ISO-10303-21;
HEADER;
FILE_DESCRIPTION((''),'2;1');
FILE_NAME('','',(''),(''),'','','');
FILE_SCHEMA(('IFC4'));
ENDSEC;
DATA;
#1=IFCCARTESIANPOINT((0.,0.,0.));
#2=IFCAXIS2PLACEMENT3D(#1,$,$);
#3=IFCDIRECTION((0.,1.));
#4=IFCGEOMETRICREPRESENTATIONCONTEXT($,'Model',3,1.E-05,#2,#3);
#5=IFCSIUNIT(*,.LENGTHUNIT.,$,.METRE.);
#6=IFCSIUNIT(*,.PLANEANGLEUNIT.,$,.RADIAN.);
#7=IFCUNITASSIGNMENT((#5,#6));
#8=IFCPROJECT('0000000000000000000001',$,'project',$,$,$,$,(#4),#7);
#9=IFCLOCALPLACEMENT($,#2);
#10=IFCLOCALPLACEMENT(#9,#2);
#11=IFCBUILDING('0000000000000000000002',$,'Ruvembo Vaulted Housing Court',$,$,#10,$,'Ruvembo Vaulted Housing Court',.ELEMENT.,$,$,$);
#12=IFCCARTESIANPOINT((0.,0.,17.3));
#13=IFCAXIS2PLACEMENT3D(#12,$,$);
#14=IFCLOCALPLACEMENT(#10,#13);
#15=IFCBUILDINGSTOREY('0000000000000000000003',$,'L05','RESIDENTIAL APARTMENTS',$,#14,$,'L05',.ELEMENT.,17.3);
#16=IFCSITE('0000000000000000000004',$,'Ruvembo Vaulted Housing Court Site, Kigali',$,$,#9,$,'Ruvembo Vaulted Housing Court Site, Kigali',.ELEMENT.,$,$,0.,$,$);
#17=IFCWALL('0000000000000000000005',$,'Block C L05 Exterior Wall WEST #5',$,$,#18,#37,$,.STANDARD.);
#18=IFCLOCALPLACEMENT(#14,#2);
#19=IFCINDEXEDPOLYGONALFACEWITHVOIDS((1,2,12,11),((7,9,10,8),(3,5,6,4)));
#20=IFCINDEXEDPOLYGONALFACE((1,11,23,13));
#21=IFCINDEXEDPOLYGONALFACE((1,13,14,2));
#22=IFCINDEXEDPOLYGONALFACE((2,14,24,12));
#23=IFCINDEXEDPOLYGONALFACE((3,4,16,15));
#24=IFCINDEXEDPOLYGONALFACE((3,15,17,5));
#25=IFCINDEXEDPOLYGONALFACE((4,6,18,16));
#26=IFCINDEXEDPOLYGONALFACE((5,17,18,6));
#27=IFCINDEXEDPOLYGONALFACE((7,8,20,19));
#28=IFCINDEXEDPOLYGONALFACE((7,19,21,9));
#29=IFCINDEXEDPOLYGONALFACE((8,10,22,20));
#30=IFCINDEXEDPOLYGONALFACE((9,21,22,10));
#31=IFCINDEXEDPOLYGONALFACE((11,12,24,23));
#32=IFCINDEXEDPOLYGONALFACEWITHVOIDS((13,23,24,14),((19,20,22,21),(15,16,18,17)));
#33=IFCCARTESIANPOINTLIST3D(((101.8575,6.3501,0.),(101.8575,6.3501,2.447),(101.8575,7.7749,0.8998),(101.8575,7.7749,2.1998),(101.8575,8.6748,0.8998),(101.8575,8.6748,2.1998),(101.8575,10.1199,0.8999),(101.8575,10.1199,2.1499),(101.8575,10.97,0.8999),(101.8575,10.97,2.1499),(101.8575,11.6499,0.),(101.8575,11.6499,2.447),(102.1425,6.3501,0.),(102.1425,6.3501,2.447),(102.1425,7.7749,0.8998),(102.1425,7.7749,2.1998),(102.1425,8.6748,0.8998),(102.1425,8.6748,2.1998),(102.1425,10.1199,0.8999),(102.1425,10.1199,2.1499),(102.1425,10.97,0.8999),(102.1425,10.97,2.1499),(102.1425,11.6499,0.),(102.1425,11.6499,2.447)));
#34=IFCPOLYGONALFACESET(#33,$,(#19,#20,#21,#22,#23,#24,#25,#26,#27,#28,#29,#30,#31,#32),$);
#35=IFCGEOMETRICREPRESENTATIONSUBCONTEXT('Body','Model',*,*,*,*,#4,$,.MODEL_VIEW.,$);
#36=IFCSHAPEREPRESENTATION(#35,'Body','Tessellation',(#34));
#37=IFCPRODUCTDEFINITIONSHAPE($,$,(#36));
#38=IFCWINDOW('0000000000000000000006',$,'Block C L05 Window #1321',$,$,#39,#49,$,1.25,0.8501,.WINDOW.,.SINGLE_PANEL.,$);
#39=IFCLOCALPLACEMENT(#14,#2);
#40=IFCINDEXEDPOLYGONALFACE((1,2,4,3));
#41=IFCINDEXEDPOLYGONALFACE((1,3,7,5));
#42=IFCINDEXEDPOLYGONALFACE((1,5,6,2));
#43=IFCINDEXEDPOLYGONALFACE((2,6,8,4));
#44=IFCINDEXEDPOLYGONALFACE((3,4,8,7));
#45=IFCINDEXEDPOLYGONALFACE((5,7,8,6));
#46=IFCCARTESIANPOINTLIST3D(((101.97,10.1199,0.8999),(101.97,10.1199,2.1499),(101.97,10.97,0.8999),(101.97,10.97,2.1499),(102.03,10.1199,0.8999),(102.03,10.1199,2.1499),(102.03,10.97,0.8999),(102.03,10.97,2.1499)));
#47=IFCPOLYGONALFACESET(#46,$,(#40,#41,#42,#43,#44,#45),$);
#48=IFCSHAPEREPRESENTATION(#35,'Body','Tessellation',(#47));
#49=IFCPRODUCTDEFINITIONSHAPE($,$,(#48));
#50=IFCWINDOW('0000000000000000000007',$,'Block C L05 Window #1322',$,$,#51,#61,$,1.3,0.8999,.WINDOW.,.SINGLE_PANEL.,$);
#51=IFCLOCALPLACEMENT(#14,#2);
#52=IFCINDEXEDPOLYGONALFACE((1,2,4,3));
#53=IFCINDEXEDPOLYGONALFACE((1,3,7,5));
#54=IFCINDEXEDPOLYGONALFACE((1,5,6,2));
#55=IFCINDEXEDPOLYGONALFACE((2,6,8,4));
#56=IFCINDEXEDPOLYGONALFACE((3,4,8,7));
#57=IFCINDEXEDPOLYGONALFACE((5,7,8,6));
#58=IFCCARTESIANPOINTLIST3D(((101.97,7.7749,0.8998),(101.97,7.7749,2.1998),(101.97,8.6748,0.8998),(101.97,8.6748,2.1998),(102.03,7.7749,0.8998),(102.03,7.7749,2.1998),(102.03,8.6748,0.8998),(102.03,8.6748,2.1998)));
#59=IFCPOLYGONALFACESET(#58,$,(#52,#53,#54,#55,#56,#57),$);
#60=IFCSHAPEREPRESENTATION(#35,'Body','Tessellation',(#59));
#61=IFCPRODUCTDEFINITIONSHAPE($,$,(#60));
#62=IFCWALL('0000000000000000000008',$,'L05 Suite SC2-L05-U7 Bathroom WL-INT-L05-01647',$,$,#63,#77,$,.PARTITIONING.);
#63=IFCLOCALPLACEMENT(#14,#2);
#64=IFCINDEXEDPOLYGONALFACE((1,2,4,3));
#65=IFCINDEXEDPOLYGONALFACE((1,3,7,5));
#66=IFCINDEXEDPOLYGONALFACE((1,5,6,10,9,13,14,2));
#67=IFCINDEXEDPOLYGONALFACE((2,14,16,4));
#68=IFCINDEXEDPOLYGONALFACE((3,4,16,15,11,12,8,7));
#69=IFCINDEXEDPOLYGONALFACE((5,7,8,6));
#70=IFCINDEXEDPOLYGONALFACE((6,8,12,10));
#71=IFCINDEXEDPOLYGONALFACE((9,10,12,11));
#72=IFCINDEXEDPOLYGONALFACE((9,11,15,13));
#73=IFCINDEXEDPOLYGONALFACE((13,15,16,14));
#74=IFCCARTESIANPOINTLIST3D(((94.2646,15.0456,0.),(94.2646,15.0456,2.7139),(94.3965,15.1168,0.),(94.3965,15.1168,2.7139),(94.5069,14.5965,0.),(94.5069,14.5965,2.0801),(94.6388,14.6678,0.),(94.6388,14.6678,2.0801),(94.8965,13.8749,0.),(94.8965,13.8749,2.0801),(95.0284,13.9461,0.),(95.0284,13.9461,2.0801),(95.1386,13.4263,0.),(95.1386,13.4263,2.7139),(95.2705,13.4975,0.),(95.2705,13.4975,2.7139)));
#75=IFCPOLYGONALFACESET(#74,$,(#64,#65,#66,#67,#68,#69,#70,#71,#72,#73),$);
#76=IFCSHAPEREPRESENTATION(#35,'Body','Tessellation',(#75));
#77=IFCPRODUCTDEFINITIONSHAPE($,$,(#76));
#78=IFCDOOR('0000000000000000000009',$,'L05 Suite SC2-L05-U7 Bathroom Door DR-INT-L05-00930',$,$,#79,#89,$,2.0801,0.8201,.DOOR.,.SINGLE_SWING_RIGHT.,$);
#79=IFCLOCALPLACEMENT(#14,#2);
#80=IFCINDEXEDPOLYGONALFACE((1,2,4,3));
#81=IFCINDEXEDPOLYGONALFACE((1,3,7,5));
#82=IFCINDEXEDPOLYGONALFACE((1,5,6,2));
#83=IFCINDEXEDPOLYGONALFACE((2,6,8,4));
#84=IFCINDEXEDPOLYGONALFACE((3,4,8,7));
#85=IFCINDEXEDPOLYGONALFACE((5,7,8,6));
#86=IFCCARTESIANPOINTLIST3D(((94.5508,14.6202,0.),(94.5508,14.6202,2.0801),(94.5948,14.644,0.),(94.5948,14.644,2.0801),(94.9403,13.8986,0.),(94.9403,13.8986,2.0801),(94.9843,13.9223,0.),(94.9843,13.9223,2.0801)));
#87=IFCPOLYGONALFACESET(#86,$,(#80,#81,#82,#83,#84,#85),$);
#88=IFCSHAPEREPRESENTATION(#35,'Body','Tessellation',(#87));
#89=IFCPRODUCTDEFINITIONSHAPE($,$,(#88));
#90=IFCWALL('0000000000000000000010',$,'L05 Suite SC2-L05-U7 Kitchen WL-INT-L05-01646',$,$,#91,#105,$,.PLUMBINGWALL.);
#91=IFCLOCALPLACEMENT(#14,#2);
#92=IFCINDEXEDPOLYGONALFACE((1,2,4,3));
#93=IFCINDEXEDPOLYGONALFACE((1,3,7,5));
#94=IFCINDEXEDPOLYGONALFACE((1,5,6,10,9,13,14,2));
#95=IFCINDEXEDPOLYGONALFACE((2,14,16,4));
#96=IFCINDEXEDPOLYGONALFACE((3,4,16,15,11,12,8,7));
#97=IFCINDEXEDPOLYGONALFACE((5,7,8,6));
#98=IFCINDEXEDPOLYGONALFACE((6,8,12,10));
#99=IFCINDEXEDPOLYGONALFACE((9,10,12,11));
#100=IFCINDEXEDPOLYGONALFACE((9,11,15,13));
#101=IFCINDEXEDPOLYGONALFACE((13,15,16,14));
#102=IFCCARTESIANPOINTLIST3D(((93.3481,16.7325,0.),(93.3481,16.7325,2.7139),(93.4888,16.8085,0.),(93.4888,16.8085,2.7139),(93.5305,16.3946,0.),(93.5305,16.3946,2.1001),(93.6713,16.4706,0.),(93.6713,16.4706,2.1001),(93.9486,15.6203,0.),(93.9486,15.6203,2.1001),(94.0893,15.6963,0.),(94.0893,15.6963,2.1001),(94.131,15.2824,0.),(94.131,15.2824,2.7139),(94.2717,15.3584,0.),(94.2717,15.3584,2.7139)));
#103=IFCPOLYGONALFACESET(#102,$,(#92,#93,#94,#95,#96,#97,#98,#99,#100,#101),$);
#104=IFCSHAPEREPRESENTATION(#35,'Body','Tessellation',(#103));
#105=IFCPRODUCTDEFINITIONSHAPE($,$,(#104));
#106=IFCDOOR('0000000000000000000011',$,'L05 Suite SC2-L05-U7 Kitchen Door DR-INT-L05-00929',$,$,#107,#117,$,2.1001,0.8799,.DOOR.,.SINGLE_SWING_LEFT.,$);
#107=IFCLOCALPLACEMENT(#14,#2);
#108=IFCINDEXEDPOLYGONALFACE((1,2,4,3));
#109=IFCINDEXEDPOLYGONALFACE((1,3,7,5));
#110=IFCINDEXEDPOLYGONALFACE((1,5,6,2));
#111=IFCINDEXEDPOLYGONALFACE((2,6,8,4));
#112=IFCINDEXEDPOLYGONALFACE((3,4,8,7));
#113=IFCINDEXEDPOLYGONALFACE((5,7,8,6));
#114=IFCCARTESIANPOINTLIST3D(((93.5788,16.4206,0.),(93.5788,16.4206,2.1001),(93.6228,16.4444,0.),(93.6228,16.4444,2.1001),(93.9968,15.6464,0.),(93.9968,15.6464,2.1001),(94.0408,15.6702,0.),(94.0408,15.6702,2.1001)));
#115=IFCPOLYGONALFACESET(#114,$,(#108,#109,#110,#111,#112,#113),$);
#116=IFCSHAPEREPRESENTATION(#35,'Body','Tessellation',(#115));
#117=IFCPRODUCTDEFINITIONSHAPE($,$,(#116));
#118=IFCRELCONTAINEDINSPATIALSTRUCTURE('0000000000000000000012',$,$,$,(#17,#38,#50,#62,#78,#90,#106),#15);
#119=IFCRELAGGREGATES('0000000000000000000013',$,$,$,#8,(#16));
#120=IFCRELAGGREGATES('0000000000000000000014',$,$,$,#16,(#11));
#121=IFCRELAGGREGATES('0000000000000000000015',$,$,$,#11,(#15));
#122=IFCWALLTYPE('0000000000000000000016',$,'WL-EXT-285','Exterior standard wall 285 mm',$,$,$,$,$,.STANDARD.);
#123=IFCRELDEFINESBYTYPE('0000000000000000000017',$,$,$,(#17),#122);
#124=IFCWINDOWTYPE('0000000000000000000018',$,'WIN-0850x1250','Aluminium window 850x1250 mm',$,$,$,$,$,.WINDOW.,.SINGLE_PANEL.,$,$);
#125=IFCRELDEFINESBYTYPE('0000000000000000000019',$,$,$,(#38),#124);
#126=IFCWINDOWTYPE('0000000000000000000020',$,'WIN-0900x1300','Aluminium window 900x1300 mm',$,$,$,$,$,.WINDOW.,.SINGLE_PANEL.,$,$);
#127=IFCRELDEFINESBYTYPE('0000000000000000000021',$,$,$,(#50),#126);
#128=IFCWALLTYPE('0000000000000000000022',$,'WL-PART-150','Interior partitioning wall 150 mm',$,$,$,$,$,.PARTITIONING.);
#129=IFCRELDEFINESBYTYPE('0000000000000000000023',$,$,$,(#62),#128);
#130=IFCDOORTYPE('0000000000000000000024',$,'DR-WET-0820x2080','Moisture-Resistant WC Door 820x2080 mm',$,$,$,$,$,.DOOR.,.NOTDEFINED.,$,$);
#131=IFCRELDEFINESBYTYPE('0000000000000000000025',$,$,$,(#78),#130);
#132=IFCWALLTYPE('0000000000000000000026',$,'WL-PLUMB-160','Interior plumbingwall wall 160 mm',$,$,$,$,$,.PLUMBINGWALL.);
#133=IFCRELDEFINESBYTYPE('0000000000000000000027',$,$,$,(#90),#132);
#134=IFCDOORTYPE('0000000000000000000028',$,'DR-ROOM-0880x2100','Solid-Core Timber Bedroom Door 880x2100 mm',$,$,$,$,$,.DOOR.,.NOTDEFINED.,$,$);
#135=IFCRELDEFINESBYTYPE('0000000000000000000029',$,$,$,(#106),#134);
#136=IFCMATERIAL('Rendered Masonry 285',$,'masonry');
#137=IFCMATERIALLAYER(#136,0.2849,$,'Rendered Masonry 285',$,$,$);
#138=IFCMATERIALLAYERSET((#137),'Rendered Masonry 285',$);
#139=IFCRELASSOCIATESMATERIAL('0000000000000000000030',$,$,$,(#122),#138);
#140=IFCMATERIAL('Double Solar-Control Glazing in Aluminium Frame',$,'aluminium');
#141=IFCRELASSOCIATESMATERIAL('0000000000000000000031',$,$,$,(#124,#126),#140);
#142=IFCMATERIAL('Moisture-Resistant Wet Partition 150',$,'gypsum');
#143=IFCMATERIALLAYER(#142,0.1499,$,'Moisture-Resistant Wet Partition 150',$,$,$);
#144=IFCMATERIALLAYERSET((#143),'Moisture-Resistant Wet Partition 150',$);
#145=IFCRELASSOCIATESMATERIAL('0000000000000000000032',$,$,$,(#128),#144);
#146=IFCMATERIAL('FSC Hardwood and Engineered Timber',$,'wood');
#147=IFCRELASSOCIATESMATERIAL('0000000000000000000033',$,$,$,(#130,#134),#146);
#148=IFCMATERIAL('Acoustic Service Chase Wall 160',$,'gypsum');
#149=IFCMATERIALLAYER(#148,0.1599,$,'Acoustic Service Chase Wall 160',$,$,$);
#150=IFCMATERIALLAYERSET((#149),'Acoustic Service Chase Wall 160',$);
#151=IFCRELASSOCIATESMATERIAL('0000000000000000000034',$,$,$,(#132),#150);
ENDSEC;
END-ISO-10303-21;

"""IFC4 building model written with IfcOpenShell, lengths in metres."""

from ifc_helpers import new_model, si_unit, direction, frame, frame_2d, origin, place, context, subcontext, project, spatial, rectangle, extrude, material, layer, layer_set, type_object, element, fill, save


model = new_model("IFC4")

# Units and contexts
model_context = context("Model", 3, precision=1e-05, world=origin(), true_north=direction((0.0, 1.0)))
body_context = subcontext(model_context, "Body", "Model", "MODEL_VIEW")
ifc_project = project(units=[si_unit("LENGTHUNIT", "METRE"), si_unit("PLANEANGLEUNIT", "RADIAN")], contexts=[model_context])

# Site, building, storey
site_placement = place(None, origin())
site = spatial("IfcSite", under=ifc_project, at=site_placement, Name="Ruvembo Vaulted Housing Court Site, Kigali", LongName="Ruvembo Vaulted Housing Court Site, Kigali", CompositionType="ELEMENT", RefElevation=0.0)
building_placement = place(site_placement, origin())
building = spatial("IfcBuilding", under=site, at=building_placement, Name="Ruvembo Vaulted Housing Court", LongName="Ruvembo Vaulted Housing Court", CompositionType="ELEMENT")
storey_placement = place(building_placement, frame((0.0, 0.0, 17.3)))
storey = spatial("IfcBuildingStorey", under=building, at=storey_placement, Name="L05", Description="RESIDENTIAL APARTMENTS", LongName="L05", CompositionType="ELEMENT", Elevation=17.3)

# Shared definitions
ifc_material_1 = material(Name="FSC Hardwood and Engineered Timber", Category="wood")

# Wall, openings, windows
ifc_material_2 = material(Name="Rendered Masonry 285", Category="masonry")
ifc_layer_1 = layer(ifc_material_2, 0.2849, Name="Rendered Masonry 285")
ifc_layer_set_1 = layer_set([ifc_layer_1], Name="Rendered Masonry 285")
wall_type_1 = type_object("IfcWallType", Name="WL-EXT-285", Description="Exterior standard wall 285 mm", PredefinedType="STANDARD", material=ifc_layer_set_1)
wall_1_placement = place(storey_placement, frame((102.0, 11.6499, 0.0), z_axis=(0.0, 0.0, 1.0), x_axis=(0.0, -1.0, 0.0)))
wall_1 = element("IfcWall", 1, at=wall_1_placement, inside=storey, type_object=wall_type_1, Name="Block C L05 Exterior Wall WEST #5", PredefinedType="STANDARD", context=body_context, shape_type="SweptSolid", body=[
    extrude(rectangle(XDim=5.2998, YDim=0.2849, at=frame_2d((2.6499, 0.0))), origin(), (0.0, 0.0, 1.0), 2.447),
])
opening_1_placement = place(wall_1_placement, frame((0.6799, 0.0, 0.8999)))
opening_1 = element("IfcOpeningElement", 2, at=opening_1_placement, cuts=wall_1, PredefinedType="OPENING", context=body_context, shape_type="SweptSolid", body=[
    extrude(rectangle(XDim=0.8501, YDim=1.25, at=frame_2d((0.425, 0.625))), frame((0.0, 0.1523, 0.0), z_axis=(0.0, -1.0, 0.0), x_axis=(1.0, 0.0, 0.0)), (0.0, 0.0, 1.0), 0.3049),
])
opening_2_placement = place(wall_1_placement, frame((2.9751, 0.0, 0.8999)))
opening_2 = element("IfcOpeningElement", 3, at=opening_2_placement, cuts=wall_1, PredefinedType="OPENING", context=body_context, shape_type="SweptSolid", body=[
    extrude(rectangle(XDim=0.8999, YDim=1.3, at=frame_2d((0.45, 0.6499))), frame((0.0, 0.1523, 0.0), z_axis=(0.0, -1.0, 0.0), x_axis=(1.0, 0.0, 0.0)), (0.0, 0.0, 1.0), 0.3049),
])
ifc_material_3 = material(Name="Double Solar-Control Glazing in Aluminium Frame", Category="aluminium")
window_type_1 = type_object("IfcWindowType", Name="WIN-0850x1250", Description="Aluminium window 850x1250 mm", PartitioningType="SINGLE_PANEL", PredefinedType="WINDOW", material=ifc_material_3)
window_1_placement = place(opening_1_placement, origin())
window_1 = element("IfcWindow", 4, at=window_1_placement, inside=storey, type_object=window_type_1, Name="Block C L05 Window #1321", OverallHeight=1.25, OverallWidth=0.8501, PartitioningType="SINGLE_PANEL", PredefinedType="WINDOW", context=body_context, shape_type="SweptSolid", body=[
    extrude(rectangle(XDim=0.8501, YDim=1.25, at=frame_2d((0.425, 0.625))), frame((0.0, 0.03, 0.0), z_axis=(0.0, -1.0, 0.0), x_axis=(1.0, 0.0, 0.0)), (0.0, 0.0, 1.0), 0.0601),
])
fill(opening_1, window_1)
window_type_2 = type_object("IfcWindowType", Name="WIN-0900x1300", Description="Aluminium window 900x1300 mm", PartitioningType="SINGLE_PANEL", PredefinedType="WINDOW", material=ifc_material_3)
window_2_placement = place(opening_2_placement, origin())
window_2 = element("IfcWindow", 5, at=window_2_placement, inside=storey, type_object=window_type_2, Name="Block C L05 Window #1322", OverallHeight=1.3, OverallWidth=0.8999, PartitioningType="SINGLE_PANEL", PredefinedType="WINDOW", context=body_context, shape_type="SweptSolid", body=[
    extrude(rectangle(XDim=0.8999, YDim=1.3, at=frame_2d((0.45, 0.6499))), frame((0.0, 0.03, 0.0), z_axis=(0.0, -1.0, 0.0), x_axis=(1.0, 0.0, 0.0)), (0.0, 0.0, 1.0), 0.0601),
])
fill(opening_2, window_2)

# Walls, openings, doors
ifc_material_4 = material(Name="Moisture-Resistant Wet Partition 150", Category="gypsum")
ifc_layer_2 = layer(ifc_material_4, 0.1499, Name="Moisture-Resistant Wet Partition 150")
ifc_layer_set_2 = layer_set([ifc_layer_2], Name="Moisture-Resistant Wet Partition 150")
wall_type_2 = type_object("IfcWallType", Name="WL-PART-150", Description="Interior partitioning wall 150 mm", PredefinedType="PARTITIONING", material=ifc_layer_set_2)
wall_2_placement = place(storey_placement, frame((94.3306, 15.0811, 0.0), z_axis=(0.0, 0.0, 1.0), x_axis=(0.475017, -0.879976, 0.0)))
wall_2 = element("IfcWall", 6, at=wall_2_placement, inside=storey, type_object=wall_type_2, Name="L05 Suite SC2-L05-U7 Bathroom WL-INT-L05-01647", PredefinedType="PARTITIONING", context=body_context, shape_type="SweptSolid", body=[
    extrude(rectangle(XDim=1.8401, YDim=0.1499, at=frame_2d((0.9199, 0.0))), origin(), (0.0, 0.0, 1.0), 2.7139),
])
opening_3_placement = place(wall_2_placement, frame((0.51, 0.0, 0.0)))
opening_3 = element("IfcOpeningElement", 7, at=opening_3_placement, cuts=wall_2, PredefinedType="OPENING", context=body_context, shape_type="SweptSolid", body=[
    extrude(rectangle(XDim=0.8201, YDim=2.0801, at=frame_2d((0.4102, 1.04))), frame((0.0, 0.085, 0.0), z_axis=(0.0, -1.0, 0.0), x_axis=(1.0, 0.0, 0.0)), (0.0, 0.0, 1.0), 0.1699),
])
door_type_1 = type_object("IfcDoorType", Name="DR-WET-0820x2080", Description="Moisture-Resistant WC Door 820x2080 mm", OperationType="NOTDEFINED", PredefinedType="DOOR", material=ifc_material_1)
door_1_placement = place(opening_3_placement, origin())
door_1 = element("IfcDoor", 8, at=door_1_placement, inside=storey, type_object=door_type_1, Name="L05 Suite SC2-L05-U7 Bathroom Door DR-INT-L05-00930", OperationType="SINGLE_SWING_RIGHT", OverallHeight=2.0801, OverallWidth=0.8201, PredefinedType="DOOR", context=body_context, shape_type="SweptSolid", body=[
    extrude(rectangle(XDim=0.8201, YDim=2.0801, at=frame_2d((0.4102, 1.04))), frame((0.0, 0.0249, 0.0), z_axis=(0.0, -1.0, 0.0), x_axis=(1.0, 0.0, 0.0)), (0.0, 0.0, 1.0), 0.05),
])
fill(opening_3, door_1)
ifc_material_5 = material(Name="Acoustic Service Chase Wall 160", Category="gypsum")
ifc_layer_3 = layer(ifc_material_5, 0.1599, Name="Acoustic Service Chase Wall 160")
ifc_layer_set_3 = layer_set([ifc_layer_3], Name="Acoustic Service Chase Wall 160")
wall_type_3 = type_object("IfcWallType", Name="WL-PLUMB-160", Description="Interior plumbingwall wall 160 mm", PredefinedType="PLUMBINGWALL", material=ifc_layer_set_3)
wall_3_placement = place(storey_placement, frame((93.4185, 16.7705, 0.0), z_axis=(0.0, 0.0, 1.0), x_axis=(0.47508, -0.879943, 0.0)))
wall_3 = element("IfcWall", 9, at=wall_3_placement, inside=storey, type_object=wall_type_3, Name="L05 Suite SC2-L05-U7 Kitchen WL-INT-L05-01646", PredefinedType="PLUMBINGWALL", context=body_context, shape_type="SweptSolid", body=[
    extrude(rectangle(XDim=1.6479, YDim=0.1599, at=frame_2d((0.824, 0.0))), origin(), (0.0, 0.0, 1.0), 2.7139),
])
opening_4_placement = place(wall_3_placement, frame((0.384, 0.0, 0.0)))
opening_4 = element("IfcOpeningElement", 10, at=opening_4_placement, cuts=wall_3, PredefinedType="OPENING", context=body_context, shape_type="SweptSolid", body=[
    extrude(rectangle(XDim=0.8799, YDim=2.1001, at=frame_2d((0.4399, 1.05))), frame((0.0, 0.0898, 0.0), z_axis=(0.0, -1.0, 0.0), x_axis=(1.0, 0.0, 0.0)), (0.0, 0.0, 1.0), 0.1799),
])
door_type_2 = type_object("IfcDoorType", Name="DR-ROOM-0880x2100", Description="Solid-Core Timber Bedroom Door 880x2100 mm", OperationType="NOTDEFINED", PredefinedType="DOOR", material=ifc_material_1)
door_2_placement = place(opening_4_placement, origin())
door_2 = element("IfcDoor", 11, at=door_2_placement, inside=storey, type_object=door_type_2, Name="L05 Suite SC2-L05-U7 Kitchen Door DR-INT-L05-00929", OperationType="SINGLE_SWING_LEFT", OverallHeight=2.1001, OverallWidth=0.8799, PredefinedType="DOOR", context=body_context, shape_type="SweptSolid", body=[
    extrude(rectangle(XDim=0.8799, YDim=2.1001, at=frame_2d((0.4399, 1.05))), frame((0.0, 0.0249, 0.0), z_axis=(0.0, -1.0, 0.0), x_axis=(1.0, 0.0, 0.0)), (0.0, 0.0, 1.0), 0.05),
])
fill(opening_4, door_2)

save(model, "model.ifc")
